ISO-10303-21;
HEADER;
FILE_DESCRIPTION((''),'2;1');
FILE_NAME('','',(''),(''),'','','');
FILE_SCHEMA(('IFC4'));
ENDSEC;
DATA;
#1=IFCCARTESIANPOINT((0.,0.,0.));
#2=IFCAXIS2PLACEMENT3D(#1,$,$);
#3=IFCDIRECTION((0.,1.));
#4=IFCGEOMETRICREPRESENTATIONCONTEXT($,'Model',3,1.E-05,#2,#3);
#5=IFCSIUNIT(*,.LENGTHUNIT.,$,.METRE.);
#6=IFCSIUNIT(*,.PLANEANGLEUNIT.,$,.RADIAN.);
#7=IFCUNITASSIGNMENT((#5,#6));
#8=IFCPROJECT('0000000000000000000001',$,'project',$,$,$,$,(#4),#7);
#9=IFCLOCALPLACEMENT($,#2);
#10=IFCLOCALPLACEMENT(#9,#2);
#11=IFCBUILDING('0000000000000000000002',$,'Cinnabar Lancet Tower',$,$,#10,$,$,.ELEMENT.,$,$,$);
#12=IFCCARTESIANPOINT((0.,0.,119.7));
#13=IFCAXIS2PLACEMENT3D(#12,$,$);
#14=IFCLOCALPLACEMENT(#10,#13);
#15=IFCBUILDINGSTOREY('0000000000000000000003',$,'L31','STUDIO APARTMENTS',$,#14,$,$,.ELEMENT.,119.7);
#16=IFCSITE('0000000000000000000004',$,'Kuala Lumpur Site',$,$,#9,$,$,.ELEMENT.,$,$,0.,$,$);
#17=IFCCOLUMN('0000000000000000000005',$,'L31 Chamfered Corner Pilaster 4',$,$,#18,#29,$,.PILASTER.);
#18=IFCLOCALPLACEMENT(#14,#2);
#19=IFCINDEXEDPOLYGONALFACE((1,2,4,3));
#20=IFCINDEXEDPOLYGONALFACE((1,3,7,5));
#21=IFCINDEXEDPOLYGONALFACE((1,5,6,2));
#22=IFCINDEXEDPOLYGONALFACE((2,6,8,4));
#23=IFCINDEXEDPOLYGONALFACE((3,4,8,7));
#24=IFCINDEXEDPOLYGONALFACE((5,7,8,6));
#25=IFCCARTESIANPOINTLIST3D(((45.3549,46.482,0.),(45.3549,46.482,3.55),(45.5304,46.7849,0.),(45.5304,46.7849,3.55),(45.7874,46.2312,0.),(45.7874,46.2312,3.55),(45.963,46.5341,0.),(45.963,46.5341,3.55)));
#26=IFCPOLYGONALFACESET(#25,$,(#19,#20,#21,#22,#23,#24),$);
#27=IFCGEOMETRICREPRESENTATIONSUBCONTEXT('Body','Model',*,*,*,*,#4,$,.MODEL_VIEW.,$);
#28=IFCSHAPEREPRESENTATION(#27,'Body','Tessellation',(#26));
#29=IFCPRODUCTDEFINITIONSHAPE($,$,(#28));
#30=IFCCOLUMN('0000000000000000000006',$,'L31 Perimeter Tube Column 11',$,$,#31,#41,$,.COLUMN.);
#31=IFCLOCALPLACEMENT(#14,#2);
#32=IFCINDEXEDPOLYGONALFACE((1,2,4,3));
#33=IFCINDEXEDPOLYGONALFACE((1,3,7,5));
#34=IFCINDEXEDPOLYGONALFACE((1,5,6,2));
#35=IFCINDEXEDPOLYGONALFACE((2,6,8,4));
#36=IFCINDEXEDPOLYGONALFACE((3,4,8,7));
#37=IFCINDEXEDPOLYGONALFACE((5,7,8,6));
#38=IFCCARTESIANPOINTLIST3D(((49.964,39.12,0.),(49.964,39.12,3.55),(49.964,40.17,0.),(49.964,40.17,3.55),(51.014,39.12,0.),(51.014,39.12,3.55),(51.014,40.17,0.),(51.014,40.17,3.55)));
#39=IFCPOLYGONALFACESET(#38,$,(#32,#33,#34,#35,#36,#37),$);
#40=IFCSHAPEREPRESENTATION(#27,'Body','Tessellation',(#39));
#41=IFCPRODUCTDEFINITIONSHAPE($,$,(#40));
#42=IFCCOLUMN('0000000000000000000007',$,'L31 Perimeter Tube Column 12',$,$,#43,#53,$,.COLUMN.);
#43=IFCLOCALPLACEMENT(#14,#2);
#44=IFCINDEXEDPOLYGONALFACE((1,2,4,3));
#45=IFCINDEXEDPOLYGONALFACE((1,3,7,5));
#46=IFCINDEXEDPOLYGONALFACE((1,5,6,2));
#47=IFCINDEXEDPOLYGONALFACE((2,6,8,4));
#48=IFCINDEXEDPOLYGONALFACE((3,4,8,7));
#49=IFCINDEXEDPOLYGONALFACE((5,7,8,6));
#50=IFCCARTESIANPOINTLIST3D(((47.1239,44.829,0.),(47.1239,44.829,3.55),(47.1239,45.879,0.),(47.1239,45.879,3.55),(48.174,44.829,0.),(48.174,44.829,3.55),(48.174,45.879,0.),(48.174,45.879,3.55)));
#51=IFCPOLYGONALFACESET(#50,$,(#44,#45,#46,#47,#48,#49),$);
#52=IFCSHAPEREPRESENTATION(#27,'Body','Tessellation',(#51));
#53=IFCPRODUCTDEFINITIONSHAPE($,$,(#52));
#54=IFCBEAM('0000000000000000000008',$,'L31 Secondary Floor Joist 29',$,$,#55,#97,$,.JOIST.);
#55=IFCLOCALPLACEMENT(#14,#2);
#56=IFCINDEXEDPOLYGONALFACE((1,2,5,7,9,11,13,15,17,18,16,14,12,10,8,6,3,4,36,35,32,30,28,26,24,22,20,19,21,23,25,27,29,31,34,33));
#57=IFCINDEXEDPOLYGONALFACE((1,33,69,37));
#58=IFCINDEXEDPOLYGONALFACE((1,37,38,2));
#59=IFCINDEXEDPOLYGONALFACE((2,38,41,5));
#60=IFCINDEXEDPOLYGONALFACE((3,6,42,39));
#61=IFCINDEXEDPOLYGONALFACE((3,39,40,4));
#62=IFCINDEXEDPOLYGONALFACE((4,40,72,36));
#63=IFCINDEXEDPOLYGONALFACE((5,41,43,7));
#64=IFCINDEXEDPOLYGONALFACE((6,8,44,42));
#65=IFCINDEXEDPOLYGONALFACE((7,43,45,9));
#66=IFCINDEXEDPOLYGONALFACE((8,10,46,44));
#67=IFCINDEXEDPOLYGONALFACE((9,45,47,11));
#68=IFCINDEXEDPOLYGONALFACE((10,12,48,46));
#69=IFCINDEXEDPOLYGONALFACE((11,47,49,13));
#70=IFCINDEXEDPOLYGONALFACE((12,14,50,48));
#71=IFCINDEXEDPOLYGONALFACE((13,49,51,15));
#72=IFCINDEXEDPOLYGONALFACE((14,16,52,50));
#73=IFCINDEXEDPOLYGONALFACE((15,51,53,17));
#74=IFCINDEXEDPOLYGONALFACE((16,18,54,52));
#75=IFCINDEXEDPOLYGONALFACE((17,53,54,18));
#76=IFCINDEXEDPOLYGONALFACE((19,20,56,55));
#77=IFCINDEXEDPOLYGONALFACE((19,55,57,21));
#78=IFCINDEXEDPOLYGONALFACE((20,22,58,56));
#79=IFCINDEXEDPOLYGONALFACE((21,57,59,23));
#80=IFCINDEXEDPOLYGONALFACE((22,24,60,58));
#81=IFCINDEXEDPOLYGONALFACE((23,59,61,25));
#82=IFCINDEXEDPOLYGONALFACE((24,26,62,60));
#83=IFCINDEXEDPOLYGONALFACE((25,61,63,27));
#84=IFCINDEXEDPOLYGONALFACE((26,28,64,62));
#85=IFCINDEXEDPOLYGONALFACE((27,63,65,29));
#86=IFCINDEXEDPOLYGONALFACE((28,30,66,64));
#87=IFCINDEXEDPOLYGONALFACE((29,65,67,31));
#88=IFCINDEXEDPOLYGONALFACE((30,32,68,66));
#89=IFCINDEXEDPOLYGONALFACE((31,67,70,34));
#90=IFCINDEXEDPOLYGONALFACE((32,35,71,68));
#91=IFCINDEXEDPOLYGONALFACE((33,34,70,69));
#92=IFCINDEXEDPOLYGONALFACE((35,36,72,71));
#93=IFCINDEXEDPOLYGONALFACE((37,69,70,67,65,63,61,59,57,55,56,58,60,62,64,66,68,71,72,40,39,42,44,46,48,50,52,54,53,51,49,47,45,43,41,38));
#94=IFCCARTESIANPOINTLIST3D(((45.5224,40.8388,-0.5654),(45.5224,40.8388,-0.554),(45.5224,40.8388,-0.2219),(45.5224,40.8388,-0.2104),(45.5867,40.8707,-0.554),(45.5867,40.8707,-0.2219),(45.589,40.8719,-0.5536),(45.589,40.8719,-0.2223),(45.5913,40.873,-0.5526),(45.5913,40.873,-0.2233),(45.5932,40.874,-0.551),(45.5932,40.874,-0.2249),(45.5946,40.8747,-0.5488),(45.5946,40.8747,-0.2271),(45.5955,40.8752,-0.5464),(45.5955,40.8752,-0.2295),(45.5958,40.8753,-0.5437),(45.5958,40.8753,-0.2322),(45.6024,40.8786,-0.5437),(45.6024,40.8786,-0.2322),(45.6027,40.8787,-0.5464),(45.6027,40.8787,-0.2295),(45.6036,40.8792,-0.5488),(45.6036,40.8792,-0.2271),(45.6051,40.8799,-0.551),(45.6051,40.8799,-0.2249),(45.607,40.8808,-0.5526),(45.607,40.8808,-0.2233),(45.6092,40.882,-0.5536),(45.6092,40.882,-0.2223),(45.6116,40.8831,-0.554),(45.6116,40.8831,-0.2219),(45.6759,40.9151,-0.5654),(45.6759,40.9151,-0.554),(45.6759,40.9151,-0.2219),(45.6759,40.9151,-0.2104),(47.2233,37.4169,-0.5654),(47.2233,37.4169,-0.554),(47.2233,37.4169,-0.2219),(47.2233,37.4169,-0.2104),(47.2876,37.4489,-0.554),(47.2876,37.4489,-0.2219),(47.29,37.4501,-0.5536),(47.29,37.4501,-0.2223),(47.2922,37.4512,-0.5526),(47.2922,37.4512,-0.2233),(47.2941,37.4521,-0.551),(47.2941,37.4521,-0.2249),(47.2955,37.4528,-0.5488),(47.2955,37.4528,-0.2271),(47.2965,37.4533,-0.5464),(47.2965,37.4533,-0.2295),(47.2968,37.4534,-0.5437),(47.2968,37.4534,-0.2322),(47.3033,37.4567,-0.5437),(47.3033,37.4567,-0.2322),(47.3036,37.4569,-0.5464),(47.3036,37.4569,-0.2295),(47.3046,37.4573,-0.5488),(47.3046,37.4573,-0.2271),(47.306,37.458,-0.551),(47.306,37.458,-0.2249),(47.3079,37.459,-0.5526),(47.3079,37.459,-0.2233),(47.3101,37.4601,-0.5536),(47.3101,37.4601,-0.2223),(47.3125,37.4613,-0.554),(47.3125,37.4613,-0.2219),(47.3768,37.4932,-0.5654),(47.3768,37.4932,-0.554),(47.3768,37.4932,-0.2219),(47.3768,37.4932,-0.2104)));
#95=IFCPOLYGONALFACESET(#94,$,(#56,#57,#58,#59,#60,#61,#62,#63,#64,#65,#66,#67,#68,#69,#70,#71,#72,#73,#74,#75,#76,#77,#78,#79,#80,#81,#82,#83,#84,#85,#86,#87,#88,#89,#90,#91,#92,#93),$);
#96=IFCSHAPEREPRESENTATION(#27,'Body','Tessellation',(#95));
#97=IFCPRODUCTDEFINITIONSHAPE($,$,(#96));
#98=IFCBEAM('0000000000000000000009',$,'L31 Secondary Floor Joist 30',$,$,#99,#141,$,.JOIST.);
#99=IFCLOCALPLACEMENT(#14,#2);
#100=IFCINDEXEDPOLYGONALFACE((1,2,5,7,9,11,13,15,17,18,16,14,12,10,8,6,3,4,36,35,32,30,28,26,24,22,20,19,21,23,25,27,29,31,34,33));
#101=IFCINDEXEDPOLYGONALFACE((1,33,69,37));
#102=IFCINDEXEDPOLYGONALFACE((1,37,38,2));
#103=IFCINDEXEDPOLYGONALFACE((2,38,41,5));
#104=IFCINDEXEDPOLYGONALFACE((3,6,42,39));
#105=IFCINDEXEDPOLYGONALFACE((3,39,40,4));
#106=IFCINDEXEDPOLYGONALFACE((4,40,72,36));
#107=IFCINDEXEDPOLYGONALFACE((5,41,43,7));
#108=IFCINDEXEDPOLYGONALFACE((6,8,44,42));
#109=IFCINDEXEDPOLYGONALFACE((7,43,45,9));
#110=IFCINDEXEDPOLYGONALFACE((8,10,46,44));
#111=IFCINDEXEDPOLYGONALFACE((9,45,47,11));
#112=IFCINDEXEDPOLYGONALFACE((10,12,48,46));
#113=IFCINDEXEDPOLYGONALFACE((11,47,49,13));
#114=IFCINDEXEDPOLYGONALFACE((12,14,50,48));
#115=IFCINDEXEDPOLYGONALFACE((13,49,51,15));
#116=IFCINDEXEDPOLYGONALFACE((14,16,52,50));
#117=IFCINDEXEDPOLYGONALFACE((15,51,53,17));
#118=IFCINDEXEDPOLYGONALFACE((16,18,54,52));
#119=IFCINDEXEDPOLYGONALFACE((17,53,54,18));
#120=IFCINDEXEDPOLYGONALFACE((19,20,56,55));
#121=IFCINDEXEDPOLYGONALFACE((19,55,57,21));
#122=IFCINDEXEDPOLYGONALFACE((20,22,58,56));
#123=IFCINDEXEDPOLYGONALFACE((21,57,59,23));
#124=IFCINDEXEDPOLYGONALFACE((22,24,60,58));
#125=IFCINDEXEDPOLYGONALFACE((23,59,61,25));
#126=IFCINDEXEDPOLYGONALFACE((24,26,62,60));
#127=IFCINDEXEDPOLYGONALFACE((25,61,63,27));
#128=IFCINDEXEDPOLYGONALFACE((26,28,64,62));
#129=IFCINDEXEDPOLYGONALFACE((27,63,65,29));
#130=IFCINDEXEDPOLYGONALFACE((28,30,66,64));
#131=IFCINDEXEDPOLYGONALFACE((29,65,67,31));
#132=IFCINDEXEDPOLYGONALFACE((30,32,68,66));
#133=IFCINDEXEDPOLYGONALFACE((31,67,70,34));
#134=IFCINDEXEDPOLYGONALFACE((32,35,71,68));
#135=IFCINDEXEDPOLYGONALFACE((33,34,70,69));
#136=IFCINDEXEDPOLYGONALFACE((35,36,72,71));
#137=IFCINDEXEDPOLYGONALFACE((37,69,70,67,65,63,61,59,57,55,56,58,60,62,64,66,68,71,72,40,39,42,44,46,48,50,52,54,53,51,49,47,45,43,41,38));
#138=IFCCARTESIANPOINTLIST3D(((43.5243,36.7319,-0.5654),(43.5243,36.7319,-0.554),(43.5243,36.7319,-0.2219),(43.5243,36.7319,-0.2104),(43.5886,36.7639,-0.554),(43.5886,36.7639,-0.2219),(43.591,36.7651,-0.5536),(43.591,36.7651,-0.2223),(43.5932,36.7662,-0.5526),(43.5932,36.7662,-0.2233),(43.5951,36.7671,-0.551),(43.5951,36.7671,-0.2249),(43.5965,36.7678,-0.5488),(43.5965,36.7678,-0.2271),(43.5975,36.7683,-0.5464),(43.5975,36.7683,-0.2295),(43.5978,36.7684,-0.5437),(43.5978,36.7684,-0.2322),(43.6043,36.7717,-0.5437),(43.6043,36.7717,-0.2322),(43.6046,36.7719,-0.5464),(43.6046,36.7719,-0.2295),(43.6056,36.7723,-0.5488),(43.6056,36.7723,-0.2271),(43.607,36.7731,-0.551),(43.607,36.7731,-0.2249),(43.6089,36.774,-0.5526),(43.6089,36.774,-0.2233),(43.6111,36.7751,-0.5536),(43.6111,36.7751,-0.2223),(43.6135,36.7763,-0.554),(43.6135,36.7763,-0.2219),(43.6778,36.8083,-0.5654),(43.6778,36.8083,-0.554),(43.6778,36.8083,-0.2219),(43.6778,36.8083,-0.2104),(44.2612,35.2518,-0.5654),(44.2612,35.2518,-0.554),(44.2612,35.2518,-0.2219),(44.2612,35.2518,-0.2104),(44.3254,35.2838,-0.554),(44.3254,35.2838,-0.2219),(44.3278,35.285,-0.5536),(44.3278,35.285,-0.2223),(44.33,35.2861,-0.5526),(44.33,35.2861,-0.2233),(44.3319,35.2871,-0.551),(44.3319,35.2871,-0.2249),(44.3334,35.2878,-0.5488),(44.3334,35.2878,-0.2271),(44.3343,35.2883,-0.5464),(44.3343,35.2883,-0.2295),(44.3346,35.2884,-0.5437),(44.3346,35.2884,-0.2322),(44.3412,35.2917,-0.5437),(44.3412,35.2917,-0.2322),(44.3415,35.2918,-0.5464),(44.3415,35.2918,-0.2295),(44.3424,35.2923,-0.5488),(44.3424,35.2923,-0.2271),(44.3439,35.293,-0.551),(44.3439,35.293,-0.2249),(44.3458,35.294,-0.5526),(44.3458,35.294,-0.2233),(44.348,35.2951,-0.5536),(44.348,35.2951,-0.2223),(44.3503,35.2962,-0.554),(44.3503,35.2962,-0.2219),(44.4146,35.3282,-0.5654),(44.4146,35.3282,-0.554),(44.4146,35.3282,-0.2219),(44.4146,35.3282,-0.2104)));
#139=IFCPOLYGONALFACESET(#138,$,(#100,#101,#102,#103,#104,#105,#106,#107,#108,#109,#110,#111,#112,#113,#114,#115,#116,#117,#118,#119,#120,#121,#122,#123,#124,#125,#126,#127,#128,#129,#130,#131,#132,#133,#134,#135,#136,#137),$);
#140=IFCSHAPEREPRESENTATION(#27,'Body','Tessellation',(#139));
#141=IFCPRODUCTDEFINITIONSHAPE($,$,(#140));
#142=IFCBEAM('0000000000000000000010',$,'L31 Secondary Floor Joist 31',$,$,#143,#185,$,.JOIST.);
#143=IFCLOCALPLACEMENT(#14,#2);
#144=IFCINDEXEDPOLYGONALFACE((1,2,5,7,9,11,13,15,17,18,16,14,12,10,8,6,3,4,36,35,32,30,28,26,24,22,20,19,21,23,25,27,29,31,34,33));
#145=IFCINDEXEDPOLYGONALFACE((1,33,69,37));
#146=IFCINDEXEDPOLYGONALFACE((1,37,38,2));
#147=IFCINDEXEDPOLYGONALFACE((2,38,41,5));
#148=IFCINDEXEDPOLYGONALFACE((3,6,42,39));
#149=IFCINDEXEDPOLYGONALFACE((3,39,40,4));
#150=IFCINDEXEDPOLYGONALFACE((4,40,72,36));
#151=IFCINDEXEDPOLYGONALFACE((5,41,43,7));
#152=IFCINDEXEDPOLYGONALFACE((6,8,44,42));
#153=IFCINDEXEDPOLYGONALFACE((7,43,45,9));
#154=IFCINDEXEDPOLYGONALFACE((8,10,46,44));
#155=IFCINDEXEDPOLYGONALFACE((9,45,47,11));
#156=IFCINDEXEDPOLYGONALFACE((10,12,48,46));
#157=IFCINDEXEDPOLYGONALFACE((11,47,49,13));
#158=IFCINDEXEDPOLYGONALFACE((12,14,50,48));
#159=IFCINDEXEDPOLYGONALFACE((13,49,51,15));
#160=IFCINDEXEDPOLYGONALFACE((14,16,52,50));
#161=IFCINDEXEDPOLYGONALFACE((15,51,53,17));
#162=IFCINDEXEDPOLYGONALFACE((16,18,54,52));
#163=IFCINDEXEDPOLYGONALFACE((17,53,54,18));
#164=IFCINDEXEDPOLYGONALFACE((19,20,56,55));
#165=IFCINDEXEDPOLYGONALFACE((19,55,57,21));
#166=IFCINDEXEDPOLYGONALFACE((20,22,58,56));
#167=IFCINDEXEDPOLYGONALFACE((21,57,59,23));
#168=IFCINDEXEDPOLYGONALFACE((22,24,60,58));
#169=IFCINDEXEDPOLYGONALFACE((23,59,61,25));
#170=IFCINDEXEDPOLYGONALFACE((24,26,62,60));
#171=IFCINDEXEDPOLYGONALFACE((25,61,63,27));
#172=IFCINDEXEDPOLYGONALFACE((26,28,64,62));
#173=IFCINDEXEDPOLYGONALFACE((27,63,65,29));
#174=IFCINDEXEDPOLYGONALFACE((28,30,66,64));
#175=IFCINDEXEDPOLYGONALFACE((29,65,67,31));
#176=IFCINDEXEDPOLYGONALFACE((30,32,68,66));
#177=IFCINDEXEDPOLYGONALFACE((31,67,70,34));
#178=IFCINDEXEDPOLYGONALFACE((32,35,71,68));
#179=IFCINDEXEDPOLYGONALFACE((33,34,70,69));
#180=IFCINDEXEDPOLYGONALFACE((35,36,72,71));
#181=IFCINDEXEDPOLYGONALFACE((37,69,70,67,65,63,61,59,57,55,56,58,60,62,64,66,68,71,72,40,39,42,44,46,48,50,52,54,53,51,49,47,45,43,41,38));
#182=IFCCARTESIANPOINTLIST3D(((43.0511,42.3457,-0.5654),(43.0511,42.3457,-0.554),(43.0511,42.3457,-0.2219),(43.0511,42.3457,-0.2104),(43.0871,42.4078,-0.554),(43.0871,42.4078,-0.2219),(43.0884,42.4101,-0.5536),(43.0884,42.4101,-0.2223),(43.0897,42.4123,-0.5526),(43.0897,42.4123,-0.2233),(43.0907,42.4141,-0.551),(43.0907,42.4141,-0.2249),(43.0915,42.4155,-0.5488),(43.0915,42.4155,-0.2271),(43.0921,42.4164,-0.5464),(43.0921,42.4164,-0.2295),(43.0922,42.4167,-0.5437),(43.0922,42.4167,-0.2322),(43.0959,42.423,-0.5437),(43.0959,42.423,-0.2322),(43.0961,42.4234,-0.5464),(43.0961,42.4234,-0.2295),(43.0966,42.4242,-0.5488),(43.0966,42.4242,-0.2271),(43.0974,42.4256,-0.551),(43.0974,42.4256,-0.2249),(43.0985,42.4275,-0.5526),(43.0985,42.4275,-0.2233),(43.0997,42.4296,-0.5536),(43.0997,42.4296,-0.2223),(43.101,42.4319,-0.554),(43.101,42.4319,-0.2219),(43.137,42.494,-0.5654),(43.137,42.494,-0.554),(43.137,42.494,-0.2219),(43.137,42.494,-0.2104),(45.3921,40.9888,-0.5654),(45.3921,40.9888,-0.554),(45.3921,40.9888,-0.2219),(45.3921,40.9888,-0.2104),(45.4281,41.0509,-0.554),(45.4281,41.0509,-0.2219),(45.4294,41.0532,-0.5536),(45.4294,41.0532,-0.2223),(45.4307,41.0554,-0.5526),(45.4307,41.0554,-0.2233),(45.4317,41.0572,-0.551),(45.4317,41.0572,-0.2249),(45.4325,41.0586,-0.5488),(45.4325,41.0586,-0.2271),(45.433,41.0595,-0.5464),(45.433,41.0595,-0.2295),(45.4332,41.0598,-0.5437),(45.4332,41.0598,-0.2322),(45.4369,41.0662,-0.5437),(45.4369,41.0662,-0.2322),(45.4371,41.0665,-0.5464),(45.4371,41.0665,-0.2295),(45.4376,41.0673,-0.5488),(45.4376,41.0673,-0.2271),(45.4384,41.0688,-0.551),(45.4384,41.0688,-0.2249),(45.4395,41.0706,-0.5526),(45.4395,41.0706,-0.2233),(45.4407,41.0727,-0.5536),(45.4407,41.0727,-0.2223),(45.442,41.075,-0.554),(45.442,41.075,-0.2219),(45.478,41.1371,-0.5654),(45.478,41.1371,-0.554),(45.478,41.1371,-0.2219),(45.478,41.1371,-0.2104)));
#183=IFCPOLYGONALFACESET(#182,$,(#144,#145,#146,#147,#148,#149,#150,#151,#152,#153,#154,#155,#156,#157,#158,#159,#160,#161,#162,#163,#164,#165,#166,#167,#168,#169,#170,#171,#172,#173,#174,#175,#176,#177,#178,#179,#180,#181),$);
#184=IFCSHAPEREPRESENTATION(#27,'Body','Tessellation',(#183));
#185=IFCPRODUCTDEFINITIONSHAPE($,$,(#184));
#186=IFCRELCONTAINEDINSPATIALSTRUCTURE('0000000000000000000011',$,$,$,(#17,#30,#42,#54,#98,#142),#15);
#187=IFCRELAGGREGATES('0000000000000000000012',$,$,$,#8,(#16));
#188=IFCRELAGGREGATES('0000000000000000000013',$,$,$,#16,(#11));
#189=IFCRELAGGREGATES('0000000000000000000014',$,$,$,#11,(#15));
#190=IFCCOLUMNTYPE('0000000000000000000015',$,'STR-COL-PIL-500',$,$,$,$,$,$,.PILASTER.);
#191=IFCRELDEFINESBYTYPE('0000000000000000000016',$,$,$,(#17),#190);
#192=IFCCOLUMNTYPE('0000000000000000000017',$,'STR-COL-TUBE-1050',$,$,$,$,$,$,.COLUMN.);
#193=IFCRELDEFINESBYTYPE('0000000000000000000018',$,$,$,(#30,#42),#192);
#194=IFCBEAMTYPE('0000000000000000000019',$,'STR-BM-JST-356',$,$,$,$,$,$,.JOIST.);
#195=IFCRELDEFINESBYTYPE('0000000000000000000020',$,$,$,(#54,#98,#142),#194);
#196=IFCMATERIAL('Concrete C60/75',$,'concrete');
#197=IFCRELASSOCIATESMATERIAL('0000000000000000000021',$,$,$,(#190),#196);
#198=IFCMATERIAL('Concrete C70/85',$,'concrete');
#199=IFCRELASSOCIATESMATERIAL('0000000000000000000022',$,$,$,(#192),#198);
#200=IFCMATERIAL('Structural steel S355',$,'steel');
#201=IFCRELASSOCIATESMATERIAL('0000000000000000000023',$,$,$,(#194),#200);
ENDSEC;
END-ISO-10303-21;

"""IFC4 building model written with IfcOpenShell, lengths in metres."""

from ifc_helpers import new_model, si_unit, direction, frame, origin, origin_2d, place, context, subcontext, project, spatial, rectangle, i_section, extrude, material, material_profile, profile_set, type_object, element, save


model = new_model("IFC4")

# Units and contexts
model_context = context("Model", 3, precision=1e-05, world=origin(), true_north=direction((0.0, 1.0)))
body_context = subcontext(model_context, "Body", "Model", "MODEL_VIEW")
ifc_project = project(units=[si_unit("LENGTHUNIT", "METRE"), si_unit("PLANEANGLEUNIT", "RADIAN")], contexts=[model_context])

# Site, building, storey
site_placement = place(None, origin())
site = spatial("IfcSite", under=ifc_project, at=site_placement, Name="Kuala Lumpur Site", CompositionType="ELEMENT", RefElevation=0.0)
building_placement = place(site_placement, origin())
building = spatial("IfcBuilding", under=site, at=building_placement, Name="Cinnabar Lancet Tower", CompositionType="ELEMENT")
storey_placement = place(building_placement, frame((0.0, 0.0, 119.7)))
storey = spatial("IfcBuildingStorey", under=building, at=storey_placement, Name="L31", Description="STUDIO APARTMENTS", CompositionType="ELEMENT", Elevation=119.7)

# Columns
ifc_material_1 = material(Name="Concrete C60/75", Category="concrete")
ifc_material_profile_1 = material_profile(ifc_material_1, rectangle(XDim=0.5, YDim=0.3501, at=origin_2d()), Name="RC-PIL 500x350")
ifc_profile_set_1 = profile_set([ifc_material_profile_1], Name="Concrete C60/75")
column_type_1 = type_object("IfcColumnType", Name="STR-COL-PIL-500", PredefinedType="PILASTER", material=ifc_profile_set_1)
column_placement = place(storey_placement, frame((45.6589, 46.5081, 0.0), z_axis=(0.0, 0.0, 1.0), x_axis=(-0.86516, 0.501496, 0.0)))
element("IfcColumn", 1, at=column_placement, inside=storey, type_object=column_type_1, Name="L31 Chamfered Corner Pilaster 4", PredefinedType="PILASTER", context=body_context, shape_type="SweptSolid", body=[
    extrude(rectangle(XDim=0.5, YDim=0.3501, at=origin_2d()), origin(), (0.0, 0.0, 1.0), 3.55),
])
ifc_material_2 = material(Name="Concrete C70/85", Category="concrete")
ifc_material_profile_2 = material_profile(ifc_material_2, rectangle(XDim=1.05, YDim=1.05, at=origin_2d()), Name="RC-COL 1050x1050")
ifc_profile_set_2 = profile_set([ifc_material_profile_2], Name="Concrete C70/85")
column_type_2 = type_object("IfcColumnType", Name="STR-COL-TUBE-1050", PredefinedType="COLUMN", material=ifc_profile_set_2)
for number, where, z_axis, x_axis, name in (
    (2, (50.489, 39.645, 0.0), (0.0, 0.0, 1.0), (1.0, 0.0, 0.0), "L31 Perimeter Tube Column 11"),
    (3, (47.6489, 45.354, 0.0), (0.0, 0.0, 1.0), (1.0, 0.0, 0.0), "L31 Perimeter Tube Column 12"),
):
    element("IfcColumn", number, at=place(storey_placement, frame(where, z_axis=z_axis, x_axis=x_axis)), inside=storey, type_object=column_type_2, Name=name, PredefinedType="COLUMN", context=body_context, shape_type="SweptSolid", body=[
        extrude(rectangle(XDim=1.05, YDim=1.05, at=origin_2d()), origin(), (0.0, 0.0, 1.0), 3.55),
    ])

# Beams
ifc_material_3 = material(Name="Structural steel S355", Category="steel")
ifc_material_profile_3 = material_profile(ifc_material_3, i_section(OverallWidth=0.1714, OverallDepth=0.355, WebThickness=0.0073, FlangeThickness=0.0115, FilletRadius=0.0103, at=origin_2d()), Name="UKB 356x171x51")
ifc_profile_set_3 = profile_set([ifc_material_profile_3], Name="Structural steel S355")
beam_type_1 = type_object("IfcBeamType", Name="STR-BM-JST-356", PredefinedType="JOIST", material=ifc_profile_set_3)
beam_1_placement = place(storey_placement, frame((47.3, 37.4551, -0.3879), z_axis=(-0.445117, 0.895473, 0.0), x_axis=(-0.895473, -0.445117, 0.0)))
element("IfcBeam", 4, at=beam_1_placement, inside=storey, type_object=beam_type_1, Name="L31 Secondary Floor Joist 29", PredefinedType="JOIST", context=body_context, shape_type="SweptSolid", body=[
    extrude(i_section(OverallWidth=0.1714, OverallDepth=0.355, WebThickness=0.0073, FlangeThickness=0.0115, FilletRadius=0.0103, at=origin_2d()), origin(), (0.0, 0.0, 1.0), 3.8213),
])
beam_2_placement = place(storey_placement, frame((44.3379, 35.29, -0.3879), z_axis=(-0.445677, 0.895194, 0.0), x_axis=(-0.895194, -0.445677, 0.0)))
element("IfcBeam", 5, at=beam_2_placement, inside=storey, type_object=beam_type_1, Name="L31 Secondary Floor Joist 30", PredefinedType="JOIST", context=body_context, shape_type="SweptSolid", body=[
    extrude(i_section(OverallWidth=0.1714, OverallDepth=0.355, WebThickness=0.0073, FlangeThickness=0.0115, FilletRadius=0.0103, at=origin_2d()), origin(), (0.0, 0.0, 1.0), 1.6533),
])
beam_3_placement = place(storey_placement, frame((45.4351, 41.063, -0.3879), z_axis=(-0.865173, 0.501474, 0.0), x_axis=(-0.501474, -0.865173, 0.0)))
element("IfcBeam", 6, at=beam_3_placement, inside=storey, type_object=beam_type_1, Name="L31 Secondary Floor Joist 31", PredefinedType="JOIST", context=body_context, shape_type="SweptSolid", body=[
    extrude(i_section(OverallWidth=0.1714, OverallDepth=0.355, WebThickness=0.0073, FlangeThickness=0.0115, FilletRadius=0.0103, at=origin_2d()), origin(), (0.0, 0.0, 1.0), 2.7058),
])

save(model, "model.ifc")
